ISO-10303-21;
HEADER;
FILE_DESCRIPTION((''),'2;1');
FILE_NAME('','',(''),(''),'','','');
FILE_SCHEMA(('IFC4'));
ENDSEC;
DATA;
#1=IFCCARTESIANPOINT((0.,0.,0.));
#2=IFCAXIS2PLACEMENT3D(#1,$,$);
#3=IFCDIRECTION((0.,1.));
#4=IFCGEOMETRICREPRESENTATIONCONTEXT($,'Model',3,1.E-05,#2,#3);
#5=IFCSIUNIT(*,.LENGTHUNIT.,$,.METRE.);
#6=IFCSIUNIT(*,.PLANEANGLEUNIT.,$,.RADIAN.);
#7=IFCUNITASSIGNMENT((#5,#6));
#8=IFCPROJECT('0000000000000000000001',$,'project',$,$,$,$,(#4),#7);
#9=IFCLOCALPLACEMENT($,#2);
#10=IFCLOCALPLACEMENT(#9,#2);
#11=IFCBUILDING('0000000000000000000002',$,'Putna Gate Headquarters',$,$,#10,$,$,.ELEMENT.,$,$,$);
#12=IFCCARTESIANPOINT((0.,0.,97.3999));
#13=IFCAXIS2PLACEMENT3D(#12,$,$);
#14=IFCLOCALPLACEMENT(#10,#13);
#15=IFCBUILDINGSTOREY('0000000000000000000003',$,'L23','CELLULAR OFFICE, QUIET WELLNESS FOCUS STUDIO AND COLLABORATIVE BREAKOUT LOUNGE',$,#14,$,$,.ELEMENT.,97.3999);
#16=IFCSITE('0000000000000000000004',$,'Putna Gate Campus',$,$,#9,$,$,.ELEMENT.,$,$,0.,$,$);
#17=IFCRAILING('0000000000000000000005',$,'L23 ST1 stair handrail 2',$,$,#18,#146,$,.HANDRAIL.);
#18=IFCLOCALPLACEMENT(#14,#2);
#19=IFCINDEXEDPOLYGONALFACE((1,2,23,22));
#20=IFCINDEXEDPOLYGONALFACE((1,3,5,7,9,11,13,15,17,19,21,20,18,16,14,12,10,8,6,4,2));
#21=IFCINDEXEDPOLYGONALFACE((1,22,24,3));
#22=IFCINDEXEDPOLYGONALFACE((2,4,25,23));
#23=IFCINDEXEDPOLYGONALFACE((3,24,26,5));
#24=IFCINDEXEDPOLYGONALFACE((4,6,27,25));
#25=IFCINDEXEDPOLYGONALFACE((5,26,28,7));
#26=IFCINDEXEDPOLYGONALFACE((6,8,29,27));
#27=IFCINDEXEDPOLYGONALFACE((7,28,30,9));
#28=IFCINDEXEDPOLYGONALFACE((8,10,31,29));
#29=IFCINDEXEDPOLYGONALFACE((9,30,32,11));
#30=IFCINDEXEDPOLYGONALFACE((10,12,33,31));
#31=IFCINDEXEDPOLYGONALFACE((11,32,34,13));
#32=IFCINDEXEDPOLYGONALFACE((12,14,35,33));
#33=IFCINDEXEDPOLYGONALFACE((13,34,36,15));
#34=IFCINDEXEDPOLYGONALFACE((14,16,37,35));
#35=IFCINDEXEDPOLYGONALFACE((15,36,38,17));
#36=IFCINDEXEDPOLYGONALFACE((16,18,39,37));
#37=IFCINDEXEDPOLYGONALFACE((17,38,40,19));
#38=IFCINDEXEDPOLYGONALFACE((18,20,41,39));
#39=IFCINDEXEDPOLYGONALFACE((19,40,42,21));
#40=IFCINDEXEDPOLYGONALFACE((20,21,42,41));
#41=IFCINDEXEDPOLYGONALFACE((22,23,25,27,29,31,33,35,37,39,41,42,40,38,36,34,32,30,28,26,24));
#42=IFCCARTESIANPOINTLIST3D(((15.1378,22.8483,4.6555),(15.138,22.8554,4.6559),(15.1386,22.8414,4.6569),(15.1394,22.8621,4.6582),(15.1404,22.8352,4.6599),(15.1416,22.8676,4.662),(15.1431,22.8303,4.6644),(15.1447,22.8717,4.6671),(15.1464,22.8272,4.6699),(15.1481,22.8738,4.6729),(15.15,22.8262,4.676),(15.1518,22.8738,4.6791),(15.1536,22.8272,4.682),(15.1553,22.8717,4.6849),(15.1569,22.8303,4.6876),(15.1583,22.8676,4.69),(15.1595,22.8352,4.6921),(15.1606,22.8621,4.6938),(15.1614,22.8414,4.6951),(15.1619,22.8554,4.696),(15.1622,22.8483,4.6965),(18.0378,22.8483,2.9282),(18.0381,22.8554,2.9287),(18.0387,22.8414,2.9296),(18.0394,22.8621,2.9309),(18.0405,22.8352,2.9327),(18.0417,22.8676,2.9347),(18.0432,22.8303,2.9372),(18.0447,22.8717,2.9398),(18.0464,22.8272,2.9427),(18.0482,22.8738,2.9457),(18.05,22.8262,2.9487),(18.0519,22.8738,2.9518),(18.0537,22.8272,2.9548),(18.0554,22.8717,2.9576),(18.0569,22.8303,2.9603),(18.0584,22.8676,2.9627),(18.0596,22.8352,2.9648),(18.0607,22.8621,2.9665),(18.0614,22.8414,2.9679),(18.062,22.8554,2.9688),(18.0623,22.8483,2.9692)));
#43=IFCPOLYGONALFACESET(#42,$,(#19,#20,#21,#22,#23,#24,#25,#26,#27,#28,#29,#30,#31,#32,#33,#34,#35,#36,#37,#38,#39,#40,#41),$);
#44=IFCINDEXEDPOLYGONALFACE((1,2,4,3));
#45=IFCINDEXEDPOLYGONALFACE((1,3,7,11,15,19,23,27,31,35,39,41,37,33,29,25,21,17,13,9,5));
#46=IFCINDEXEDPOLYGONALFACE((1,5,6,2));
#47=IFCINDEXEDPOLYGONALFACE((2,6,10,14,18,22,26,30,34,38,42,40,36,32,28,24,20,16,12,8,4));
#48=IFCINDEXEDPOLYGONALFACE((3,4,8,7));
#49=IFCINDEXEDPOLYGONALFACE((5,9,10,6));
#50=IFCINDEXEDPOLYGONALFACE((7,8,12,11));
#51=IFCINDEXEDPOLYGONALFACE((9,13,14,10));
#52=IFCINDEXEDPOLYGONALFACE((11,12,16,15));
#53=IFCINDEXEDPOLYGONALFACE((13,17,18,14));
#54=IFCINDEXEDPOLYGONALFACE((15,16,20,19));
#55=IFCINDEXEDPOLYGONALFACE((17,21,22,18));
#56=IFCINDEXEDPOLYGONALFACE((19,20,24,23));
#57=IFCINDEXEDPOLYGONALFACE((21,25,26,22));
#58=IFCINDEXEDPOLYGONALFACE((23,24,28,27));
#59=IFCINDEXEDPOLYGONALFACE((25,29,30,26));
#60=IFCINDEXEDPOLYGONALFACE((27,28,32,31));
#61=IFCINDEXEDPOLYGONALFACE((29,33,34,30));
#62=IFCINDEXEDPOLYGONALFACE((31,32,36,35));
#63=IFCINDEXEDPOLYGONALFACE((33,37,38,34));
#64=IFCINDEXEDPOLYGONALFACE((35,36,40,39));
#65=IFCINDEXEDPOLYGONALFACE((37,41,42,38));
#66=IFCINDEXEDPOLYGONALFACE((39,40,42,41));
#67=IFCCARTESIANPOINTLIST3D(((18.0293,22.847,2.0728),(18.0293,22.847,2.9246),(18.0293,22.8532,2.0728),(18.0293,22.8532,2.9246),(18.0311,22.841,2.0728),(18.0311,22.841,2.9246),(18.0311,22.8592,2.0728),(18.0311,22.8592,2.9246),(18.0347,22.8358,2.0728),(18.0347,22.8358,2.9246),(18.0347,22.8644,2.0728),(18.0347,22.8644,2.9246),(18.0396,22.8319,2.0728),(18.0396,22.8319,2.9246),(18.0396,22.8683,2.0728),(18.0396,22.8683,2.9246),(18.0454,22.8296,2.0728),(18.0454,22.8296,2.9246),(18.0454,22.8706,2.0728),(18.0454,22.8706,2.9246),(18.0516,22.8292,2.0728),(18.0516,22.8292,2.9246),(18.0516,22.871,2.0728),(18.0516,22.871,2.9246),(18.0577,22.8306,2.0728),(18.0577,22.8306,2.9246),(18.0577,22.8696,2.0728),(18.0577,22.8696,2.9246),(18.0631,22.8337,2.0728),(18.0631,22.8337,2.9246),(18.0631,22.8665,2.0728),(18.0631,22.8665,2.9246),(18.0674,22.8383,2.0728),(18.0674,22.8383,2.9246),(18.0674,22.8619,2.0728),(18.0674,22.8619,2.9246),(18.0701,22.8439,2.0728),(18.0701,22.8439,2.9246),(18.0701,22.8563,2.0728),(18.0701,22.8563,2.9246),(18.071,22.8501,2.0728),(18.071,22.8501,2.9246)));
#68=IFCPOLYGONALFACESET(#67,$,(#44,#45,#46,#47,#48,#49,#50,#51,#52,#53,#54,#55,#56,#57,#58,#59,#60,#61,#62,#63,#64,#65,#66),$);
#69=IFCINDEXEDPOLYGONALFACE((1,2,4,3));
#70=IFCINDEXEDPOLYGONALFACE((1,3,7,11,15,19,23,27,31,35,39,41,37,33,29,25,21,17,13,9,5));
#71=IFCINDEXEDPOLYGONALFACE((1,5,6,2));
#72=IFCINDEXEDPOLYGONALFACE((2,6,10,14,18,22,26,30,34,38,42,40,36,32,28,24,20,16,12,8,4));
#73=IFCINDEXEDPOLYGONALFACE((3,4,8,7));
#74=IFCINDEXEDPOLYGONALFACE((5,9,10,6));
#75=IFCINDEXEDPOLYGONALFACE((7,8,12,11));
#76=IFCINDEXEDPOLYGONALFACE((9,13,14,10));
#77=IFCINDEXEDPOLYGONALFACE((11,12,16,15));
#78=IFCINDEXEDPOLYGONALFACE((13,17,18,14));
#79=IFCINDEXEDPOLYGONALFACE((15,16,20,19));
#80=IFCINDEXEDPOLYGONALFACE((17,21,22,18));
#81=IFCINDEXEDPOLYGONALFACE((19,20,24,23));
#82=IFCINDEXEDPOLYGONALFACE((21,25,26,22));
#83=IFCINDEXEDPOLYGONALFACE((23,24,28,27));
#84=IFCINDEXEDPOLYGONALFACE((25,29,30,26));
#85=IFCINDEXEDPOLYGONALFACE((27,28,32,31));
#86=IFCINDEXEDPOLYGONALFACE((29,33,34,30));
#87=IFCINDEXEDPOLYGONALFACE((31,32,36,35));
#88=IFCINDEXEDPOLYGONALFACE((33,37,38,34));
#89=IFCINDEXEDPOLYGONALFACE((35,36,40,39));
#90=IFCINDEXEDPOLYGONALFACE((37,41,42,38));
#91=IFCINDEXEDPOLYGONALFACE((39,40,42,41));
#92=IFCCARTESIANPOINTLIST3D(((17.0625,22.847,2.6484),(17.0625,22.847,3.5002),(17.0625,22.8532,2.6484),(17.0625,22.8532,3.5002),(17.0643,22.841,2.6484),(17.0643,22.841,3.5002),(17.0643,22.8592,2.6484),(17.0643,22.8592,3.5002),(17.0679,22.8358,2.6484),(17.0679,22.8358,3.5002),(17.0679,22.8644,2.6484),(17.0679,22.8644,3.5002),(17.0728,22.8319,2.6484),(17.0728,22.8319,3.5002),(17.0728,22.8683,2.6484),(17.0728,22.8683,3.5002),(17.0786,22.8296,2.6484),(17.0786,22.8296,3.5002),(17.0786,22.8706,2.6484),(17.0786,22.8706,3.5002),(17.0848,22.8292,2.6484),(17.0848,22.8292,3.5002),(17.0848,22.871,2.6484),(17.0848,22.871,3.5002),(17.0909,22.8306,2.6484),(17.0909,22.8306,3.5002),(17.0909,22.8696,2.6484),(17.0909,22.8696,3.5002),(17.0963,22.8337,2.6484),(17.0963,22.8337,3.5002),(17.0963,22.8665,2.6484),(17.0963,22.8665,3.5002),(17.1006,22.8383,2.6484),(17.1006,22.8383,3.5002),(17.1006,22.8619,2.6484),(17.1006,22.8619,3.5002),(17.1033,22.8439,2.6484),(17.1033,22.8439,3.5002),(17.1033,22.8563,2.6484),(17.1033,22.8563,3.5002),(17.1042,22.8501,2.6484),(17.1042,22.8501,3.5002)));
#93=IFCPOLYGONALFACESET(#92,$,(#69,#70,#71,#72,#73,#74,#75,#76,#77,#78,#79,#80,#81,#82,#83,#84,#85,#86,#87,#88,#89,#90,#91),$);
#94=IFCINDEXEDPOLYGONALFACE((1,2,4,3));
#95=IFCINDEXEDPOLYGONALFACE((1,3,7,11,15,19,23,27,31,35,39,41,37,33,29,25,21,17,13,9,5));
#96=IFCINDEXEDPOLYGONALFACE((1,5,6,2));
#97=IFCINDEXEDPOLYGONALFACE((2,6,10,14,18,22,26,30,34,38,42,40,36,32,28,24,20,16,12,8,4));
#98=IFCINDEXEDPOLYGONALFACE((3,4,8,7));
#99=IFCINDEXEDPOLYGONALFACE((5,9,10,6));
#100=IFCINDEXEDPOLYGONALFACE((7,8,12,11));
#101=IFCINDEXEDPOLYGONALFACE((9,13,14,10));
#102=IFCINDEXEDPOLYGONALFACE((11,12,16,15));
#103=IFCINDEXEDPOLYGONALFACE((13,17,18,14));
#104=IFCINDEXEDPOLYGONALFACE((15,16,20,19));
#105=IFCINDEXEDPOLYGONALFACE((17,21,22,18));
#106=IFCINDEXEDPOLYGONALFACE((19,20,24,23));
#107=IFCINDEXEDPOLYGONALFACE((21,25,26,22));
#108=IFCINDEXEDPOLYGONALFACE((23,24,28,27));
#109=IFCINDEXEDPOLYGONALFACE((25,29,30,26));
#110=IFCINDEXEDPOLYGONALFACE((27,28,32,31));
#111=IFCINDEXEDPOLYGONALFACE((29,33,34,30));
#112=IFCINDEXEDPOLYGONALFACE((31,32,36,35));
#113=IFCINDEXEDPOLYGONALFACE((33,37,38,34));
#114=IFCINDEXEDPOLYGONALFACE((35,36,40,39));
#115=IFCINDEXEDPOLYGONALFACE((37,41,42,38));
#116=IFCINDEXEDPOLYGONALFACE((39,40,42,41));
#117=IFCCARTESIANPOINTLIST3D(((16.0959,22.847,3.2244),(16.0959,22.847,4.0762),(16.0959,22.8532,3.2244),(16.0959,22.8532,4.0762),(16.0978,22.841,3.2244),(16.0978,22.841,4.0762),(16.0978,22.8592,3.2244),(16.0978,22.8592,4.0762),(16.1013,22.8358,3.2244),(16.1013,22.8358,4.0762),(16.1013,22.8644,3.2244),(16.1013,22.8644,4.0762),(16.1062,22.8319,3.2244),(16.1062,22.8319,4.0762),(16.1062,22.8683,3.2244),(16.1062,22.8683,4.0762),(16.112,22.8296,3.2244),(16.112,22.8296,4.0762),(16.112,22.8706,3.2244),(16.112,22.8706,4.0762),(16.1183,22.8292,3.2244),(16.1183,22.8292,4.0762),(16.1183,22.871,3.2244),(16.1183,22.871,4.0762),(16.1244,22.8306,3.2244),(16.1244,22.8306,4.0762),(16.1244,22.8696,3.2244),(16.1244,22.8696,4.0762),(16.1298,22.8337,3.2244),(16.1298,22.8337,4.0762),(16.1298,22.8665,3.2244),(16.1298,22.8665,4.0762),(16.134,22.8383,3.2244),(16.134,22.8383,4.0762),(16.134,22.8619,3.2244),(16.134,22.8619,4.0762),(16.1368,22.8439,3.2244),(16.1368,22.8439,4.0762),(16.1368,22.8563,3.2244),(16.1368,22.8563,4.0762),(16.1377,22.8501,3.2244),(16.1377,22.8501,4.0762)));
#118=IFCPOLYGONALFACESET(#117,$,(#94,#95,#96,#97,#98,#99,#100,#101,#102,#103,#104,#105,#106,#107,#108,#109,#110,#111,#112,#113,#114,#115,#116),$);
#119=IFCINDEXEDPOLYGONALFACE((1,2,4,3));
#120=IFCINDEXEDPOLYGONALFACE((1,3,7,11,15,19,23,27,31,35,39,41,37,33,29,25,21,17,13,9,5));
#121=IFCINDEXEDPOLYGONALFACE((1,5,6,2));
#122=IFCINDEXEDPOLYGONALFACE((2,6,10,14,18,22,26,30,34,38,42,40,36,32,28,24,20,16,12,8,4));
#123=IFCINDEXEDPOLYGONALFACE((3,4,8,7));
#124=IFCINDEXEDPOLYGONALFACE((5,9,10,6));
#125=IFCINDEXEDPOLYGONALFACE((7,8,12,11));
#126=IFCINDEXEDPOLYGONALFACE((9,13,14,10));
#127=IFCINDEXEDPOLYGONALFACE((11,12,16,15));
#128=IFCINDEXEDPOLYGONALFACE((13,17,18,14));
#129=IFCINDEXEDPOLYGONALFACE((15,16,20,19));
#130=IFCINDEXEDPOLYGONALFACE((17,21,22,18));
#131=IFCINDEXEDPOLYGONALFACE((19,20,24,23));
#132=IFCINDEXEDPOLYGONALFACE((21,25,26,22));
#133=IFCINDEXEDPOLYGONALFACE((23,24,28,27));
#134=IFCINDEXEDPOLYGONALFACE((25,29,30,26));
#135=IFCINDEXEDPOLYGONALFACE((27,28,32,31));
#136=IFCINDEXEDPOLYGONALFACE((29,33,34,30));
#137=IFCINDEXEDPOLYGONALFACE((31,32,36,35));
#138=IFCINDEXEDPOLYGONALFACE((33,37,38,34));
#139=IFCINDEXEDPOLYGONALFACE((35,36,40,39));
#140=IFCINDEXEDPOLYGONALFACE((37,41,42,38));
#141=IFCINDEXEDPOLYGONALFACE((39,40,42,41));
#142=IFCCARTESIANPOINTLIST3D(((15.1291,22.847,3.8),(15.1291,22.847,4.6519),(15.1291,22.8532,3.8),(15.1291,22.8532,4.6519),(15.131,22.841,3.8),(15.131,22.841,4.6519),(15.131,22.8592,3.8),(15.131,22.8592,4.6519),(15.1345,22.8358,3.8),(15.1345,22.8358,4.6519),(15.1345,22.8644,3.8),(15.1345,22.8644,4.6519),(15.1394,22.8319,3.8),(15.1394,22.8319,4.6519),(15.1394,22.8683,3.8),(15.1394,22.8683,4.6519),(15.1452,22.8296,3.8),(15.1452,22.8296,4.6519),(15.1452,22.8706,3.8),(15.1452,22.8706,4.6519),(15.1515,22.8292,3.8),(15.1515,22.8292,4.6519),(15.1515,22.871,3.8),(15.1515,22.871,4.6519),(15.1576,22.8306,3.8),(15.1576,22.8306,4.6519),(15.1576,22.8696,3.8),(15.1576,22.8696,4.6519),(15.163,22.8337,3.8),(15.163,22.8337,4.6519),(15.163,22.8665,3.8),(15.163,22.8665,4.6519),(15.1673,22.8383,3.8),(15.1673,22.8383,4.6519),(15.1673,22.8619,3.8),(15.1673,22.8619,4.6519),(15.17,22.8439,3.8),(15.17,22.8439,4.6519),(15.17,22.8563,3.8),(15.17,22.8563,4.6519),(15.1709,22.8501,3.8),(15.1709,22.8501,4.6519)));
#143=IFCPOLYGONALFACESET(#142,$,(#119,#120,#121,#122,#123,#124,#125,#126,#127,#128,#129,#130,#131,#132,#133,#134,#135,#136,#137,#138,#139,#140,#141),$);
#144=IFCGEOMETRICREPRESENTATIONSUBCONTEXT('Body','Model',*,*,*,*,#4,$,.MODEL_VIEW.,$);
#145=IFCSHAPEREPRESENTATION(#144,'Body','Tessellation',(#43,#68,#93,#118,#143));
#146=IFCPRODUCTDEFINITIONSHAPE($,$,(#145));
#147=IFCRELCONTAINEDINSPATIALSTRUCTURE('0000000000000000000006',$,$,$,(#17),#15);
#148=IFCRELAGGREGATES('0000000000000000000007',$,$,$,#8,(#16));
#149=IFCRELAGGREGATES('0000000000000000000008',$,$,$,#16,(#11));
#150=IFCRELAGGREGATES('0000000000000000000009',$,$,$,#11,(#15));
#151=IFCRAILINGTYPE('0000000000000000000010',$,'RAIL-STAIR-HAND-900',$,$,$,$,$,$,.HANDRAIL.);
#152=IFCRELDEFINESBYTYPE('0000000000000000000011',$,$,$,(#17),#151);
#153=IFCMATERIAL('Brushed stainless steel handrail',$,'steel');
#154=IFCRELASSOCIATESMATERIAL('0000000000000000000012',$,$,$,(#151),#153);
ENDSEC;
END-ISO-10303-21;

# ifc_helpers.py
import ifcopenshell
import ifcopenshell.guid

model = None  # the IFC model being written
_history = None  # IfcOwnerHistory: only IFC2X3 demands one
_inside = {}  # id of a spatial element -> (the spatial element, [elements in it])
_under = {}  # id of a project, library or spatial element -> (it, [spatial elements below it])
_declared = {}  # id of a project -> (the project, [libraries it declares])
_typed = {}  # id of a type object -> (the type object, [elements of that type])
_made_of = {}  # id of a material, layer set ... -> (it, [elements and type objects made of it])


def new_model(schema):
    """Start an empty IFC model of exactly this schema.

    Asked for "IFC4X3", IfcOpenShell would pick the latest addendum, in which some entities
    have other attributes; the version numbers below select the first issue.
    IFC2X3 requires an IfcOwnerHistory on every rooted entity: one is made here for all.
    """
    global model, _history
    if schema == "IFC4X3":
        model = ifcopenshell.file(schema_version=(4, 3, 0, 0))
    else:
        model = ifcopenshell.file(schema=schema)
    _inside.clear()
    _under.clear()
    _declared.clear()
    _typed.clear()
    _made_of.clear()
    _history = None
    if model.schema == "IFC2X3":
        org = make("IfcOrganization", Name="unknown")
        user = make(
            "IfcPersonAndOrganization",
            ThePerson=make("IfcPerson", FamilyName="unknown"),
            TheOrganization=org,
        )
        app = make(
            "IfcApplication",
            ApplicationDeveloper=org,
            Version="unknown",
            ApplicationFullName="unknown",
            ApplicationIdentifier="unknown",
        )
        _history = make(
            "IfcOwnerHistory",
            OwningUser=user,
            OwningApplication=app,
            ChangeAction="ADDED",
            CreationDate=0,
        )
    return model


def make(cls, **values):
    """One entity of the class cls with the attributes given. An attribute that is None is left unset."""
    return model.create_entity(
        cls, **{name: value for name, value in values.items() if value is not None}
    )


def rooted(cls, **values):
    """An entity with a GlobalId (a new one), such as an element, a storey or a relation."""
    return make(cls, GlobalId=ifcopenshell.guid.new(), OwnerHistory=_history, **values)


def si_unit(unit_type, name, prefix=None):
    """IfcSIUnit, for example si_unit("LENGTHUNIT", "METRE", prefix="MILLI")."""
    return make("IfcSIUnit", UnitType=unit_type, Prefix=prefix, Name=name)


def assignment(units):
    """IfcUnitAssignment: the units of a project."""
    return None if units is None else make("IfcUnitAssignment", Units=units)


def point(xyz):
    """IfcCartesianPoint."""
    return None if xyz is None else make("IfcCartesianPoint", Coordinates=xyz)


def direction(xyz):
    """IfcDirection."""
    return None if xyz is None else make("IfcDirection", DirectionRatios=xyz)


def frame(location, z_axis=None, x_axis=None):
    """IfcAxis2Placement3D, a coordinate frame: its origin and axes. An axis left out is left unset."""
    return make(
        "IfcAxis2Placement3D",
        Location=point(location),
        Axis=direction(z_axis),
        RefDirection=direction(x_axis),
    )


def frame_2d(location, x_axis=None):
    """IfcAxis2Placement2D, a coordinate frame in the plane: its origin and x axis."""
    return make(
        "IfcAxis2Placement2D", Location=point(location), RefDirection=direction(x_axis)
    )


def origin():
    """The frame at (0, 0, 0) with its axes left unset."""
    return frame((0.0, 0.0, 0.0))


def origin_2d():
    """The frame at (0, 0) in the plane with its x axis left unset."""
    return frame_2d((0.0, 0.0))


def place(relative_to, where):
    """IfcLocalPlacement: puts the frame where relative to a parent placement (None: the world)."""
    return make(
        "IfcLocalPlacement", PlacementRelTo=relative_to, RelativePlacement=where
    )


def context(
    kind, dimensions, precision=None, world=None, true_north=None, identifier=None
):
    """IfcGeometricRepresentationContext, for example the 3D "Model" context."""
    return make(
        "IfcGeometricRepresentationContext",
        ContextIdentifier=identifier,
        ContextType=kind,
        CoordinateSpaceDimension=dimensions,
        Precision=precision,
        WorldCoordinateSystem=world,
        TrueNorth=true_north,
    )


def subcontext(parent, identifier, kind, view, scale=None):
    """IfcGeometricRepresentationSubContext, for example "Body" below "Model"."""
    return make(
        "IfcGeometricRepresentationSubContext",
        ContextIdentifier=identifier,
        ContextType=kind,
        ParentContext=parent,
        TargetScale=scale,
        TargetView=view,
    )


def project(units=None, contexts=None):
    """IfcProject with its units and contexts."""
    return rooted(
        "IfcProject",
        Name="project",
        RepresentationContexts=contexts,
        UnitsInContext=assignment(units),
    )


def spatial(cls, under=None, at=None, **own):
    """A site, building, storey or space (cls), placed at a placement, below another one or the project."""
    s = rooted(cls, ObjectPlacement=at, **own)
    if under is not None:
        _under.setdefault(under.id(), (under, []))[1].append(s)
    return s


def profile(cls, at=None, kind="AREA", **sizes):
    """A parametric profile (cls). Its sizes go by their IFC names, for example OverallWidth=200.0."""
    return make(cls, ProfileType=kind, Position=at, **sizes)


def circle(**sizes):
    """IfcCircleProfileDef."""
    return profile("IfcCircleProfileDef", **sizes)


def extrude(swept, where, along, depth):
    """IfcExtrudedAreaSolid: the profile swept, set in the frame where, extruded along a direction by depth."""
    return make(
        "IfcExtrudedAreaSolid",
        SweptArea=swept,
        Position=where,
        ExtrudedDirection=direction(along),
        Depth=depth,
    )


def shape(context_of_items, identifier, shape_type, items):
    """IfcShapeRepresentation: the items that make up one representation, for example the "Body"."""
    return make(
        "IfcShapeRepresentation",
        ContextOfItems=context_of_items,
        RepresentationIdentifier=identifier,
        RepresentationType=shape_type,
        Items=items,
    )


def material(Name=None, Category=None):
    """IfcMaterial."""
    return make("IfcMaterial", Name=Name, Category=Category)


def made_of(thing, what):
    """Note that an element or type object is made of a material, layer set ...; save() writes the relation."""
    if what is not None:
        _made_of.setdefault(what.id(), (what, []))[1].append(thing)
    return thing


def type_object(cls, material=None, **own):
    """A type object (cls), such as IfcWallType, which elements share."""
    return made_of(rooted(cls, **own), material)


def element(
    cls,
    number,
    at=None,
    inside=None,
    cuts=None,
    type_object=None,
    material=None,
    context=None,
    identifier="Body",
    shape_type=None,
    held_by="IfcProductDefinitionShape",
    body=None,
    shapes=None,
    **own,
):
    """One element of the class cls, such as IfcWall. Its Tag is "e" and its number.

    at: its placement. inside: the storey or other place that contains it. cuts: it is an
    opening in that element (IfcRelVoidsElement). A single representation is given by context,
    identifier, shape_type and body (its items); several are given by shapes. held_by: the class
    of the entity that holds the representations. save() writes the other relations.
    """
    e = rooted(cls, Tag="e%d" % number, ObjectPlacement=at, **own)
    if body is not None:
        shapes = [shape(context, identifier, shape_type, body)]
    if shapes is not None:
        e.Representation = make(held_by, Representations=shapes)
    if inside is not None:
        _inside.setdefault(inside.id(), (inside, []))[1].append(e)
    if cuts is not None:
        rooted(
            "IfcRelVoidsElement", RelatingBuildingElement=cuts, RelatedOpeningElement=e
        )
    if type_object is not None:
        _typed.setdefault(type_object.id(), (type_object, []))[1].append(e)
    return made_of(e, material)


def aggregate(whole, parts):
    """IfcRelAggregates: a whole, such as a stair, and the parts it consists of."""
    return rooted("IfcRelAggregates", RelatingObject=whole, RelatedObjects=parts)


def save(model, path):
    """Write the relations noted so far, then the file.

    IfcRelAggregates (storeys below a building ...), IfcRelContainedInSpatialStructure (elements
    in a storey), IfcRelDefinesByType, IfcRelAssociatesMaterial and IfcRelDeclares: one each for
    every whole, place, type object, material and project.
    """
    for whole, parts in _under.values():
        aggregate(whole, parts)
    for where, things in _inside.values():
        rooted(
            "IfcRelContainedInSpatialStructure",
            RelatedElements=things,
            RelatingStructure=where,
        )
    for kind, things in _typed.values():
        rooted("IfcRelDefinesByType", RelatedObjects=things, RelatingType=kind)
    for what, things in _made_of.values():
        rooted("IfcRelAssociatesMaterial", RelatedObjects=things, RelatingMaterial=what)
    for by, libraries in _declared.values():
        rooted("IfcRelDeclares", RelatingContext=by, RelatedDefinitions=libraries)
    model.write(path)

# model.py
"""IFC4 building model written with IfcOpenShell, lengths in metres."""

from ifc_helpers import new_model, si_unit, direction, frame, origin, origin_2d, place, context, subcontext, project, spatial, circle, extrude, material, type_object, element, save


model = new_model("IFC4")

# Units and contexts
model_context = context("Model", 3, precision=1e-05, world=origin(), true_north=direction((0.0, 1.0)))
body_context = subcontext(model_context, "Body", "Model", "MODEL_VIEW")
ifc_project = project(units=[si_unit("LENGTHUNIT", "METRE"), si_unit("PLANEANGLEUNIT", "RADIAN")], contexts=[model_context])

# Site, building, storey
site_placement = place(None, origin())
site = spatial("IfcSite", under=ifc_project, at=site_placement, Name="Putna Gate Campus", CompositionType="ELEMENT", RefElevation=0.0)
building_placement = place(site_placement, origin())
building = spatial("IfcBuilding", under=site, at=building_placement, Name="Putna Gate Headquarters", CompositionType="ELEMENT")
storey_placement = place(building_placement, frame((0.0, 0.0, 97.3999)))
storey = spatial("IfcBuildingStorey", under=building, at=storey_placement, Name="L23", Description="CELLULAR OFFICE, QUIET WELLNESS FOCUS STUDIO AND COLLABORATIVE BREAKOUT LOUNGE", CompositionType="ELEMENT", Elevation=97.3999)

# Railing
ifc_material_1 = material(Name="Brushed stainless steel handrail", Category="steel")
railing_type_1 = type_object("IfcRailingType", Name="RAIL-STAIR-HAND-900", PredefinedType="HANDRAIL", material=ifc_material_1)
railing_1_placement = place(storey_placement, frame((18.05, 22.8501, 2.0728)))
element("IfcRailing", 1, at=railing_1_placement, inside=storey, type_object=railing_type_1, Name="L23 ST1 stair handrail 2", PredefinedType="HANDRAIL", context=body_context, shape_type="SweptSolid", body=[
    extrude(circle(Radius=0.0239, at=origin_2d()), frame((0.0, 0.0, 0.876), z_axis=(-0.85916, 0.0, 0.511706), x_axis=(0.0, -1.0, 0.0)), (0.0, 0.0, 1.0), 3.3755),
    extrude(circle(Radius=0.021, at=origin_2d()), origin(), (0.0, 0.0, 1.0), 0.8518),
    extrude(circle(Radius=0.021, at=origin_2d()), frame((-0.9668, 0.0, 0.5757)), (0.0, 0.0, 1.0), 0.8518),
    extrude(circle(Radius=0.021, at=origin_2d()), frame((-1.9333, 0.0, 1.1516)), (0.0, 0.0, 1.0), 0.8518),
    extrude(circle(Radius=0.021, at=origin_2d()), frame((-2.9001, 0.0, 1.7273)), (0.0, 0.0, 1.0), 0.8518),
])

save(model, "model.ifc")
